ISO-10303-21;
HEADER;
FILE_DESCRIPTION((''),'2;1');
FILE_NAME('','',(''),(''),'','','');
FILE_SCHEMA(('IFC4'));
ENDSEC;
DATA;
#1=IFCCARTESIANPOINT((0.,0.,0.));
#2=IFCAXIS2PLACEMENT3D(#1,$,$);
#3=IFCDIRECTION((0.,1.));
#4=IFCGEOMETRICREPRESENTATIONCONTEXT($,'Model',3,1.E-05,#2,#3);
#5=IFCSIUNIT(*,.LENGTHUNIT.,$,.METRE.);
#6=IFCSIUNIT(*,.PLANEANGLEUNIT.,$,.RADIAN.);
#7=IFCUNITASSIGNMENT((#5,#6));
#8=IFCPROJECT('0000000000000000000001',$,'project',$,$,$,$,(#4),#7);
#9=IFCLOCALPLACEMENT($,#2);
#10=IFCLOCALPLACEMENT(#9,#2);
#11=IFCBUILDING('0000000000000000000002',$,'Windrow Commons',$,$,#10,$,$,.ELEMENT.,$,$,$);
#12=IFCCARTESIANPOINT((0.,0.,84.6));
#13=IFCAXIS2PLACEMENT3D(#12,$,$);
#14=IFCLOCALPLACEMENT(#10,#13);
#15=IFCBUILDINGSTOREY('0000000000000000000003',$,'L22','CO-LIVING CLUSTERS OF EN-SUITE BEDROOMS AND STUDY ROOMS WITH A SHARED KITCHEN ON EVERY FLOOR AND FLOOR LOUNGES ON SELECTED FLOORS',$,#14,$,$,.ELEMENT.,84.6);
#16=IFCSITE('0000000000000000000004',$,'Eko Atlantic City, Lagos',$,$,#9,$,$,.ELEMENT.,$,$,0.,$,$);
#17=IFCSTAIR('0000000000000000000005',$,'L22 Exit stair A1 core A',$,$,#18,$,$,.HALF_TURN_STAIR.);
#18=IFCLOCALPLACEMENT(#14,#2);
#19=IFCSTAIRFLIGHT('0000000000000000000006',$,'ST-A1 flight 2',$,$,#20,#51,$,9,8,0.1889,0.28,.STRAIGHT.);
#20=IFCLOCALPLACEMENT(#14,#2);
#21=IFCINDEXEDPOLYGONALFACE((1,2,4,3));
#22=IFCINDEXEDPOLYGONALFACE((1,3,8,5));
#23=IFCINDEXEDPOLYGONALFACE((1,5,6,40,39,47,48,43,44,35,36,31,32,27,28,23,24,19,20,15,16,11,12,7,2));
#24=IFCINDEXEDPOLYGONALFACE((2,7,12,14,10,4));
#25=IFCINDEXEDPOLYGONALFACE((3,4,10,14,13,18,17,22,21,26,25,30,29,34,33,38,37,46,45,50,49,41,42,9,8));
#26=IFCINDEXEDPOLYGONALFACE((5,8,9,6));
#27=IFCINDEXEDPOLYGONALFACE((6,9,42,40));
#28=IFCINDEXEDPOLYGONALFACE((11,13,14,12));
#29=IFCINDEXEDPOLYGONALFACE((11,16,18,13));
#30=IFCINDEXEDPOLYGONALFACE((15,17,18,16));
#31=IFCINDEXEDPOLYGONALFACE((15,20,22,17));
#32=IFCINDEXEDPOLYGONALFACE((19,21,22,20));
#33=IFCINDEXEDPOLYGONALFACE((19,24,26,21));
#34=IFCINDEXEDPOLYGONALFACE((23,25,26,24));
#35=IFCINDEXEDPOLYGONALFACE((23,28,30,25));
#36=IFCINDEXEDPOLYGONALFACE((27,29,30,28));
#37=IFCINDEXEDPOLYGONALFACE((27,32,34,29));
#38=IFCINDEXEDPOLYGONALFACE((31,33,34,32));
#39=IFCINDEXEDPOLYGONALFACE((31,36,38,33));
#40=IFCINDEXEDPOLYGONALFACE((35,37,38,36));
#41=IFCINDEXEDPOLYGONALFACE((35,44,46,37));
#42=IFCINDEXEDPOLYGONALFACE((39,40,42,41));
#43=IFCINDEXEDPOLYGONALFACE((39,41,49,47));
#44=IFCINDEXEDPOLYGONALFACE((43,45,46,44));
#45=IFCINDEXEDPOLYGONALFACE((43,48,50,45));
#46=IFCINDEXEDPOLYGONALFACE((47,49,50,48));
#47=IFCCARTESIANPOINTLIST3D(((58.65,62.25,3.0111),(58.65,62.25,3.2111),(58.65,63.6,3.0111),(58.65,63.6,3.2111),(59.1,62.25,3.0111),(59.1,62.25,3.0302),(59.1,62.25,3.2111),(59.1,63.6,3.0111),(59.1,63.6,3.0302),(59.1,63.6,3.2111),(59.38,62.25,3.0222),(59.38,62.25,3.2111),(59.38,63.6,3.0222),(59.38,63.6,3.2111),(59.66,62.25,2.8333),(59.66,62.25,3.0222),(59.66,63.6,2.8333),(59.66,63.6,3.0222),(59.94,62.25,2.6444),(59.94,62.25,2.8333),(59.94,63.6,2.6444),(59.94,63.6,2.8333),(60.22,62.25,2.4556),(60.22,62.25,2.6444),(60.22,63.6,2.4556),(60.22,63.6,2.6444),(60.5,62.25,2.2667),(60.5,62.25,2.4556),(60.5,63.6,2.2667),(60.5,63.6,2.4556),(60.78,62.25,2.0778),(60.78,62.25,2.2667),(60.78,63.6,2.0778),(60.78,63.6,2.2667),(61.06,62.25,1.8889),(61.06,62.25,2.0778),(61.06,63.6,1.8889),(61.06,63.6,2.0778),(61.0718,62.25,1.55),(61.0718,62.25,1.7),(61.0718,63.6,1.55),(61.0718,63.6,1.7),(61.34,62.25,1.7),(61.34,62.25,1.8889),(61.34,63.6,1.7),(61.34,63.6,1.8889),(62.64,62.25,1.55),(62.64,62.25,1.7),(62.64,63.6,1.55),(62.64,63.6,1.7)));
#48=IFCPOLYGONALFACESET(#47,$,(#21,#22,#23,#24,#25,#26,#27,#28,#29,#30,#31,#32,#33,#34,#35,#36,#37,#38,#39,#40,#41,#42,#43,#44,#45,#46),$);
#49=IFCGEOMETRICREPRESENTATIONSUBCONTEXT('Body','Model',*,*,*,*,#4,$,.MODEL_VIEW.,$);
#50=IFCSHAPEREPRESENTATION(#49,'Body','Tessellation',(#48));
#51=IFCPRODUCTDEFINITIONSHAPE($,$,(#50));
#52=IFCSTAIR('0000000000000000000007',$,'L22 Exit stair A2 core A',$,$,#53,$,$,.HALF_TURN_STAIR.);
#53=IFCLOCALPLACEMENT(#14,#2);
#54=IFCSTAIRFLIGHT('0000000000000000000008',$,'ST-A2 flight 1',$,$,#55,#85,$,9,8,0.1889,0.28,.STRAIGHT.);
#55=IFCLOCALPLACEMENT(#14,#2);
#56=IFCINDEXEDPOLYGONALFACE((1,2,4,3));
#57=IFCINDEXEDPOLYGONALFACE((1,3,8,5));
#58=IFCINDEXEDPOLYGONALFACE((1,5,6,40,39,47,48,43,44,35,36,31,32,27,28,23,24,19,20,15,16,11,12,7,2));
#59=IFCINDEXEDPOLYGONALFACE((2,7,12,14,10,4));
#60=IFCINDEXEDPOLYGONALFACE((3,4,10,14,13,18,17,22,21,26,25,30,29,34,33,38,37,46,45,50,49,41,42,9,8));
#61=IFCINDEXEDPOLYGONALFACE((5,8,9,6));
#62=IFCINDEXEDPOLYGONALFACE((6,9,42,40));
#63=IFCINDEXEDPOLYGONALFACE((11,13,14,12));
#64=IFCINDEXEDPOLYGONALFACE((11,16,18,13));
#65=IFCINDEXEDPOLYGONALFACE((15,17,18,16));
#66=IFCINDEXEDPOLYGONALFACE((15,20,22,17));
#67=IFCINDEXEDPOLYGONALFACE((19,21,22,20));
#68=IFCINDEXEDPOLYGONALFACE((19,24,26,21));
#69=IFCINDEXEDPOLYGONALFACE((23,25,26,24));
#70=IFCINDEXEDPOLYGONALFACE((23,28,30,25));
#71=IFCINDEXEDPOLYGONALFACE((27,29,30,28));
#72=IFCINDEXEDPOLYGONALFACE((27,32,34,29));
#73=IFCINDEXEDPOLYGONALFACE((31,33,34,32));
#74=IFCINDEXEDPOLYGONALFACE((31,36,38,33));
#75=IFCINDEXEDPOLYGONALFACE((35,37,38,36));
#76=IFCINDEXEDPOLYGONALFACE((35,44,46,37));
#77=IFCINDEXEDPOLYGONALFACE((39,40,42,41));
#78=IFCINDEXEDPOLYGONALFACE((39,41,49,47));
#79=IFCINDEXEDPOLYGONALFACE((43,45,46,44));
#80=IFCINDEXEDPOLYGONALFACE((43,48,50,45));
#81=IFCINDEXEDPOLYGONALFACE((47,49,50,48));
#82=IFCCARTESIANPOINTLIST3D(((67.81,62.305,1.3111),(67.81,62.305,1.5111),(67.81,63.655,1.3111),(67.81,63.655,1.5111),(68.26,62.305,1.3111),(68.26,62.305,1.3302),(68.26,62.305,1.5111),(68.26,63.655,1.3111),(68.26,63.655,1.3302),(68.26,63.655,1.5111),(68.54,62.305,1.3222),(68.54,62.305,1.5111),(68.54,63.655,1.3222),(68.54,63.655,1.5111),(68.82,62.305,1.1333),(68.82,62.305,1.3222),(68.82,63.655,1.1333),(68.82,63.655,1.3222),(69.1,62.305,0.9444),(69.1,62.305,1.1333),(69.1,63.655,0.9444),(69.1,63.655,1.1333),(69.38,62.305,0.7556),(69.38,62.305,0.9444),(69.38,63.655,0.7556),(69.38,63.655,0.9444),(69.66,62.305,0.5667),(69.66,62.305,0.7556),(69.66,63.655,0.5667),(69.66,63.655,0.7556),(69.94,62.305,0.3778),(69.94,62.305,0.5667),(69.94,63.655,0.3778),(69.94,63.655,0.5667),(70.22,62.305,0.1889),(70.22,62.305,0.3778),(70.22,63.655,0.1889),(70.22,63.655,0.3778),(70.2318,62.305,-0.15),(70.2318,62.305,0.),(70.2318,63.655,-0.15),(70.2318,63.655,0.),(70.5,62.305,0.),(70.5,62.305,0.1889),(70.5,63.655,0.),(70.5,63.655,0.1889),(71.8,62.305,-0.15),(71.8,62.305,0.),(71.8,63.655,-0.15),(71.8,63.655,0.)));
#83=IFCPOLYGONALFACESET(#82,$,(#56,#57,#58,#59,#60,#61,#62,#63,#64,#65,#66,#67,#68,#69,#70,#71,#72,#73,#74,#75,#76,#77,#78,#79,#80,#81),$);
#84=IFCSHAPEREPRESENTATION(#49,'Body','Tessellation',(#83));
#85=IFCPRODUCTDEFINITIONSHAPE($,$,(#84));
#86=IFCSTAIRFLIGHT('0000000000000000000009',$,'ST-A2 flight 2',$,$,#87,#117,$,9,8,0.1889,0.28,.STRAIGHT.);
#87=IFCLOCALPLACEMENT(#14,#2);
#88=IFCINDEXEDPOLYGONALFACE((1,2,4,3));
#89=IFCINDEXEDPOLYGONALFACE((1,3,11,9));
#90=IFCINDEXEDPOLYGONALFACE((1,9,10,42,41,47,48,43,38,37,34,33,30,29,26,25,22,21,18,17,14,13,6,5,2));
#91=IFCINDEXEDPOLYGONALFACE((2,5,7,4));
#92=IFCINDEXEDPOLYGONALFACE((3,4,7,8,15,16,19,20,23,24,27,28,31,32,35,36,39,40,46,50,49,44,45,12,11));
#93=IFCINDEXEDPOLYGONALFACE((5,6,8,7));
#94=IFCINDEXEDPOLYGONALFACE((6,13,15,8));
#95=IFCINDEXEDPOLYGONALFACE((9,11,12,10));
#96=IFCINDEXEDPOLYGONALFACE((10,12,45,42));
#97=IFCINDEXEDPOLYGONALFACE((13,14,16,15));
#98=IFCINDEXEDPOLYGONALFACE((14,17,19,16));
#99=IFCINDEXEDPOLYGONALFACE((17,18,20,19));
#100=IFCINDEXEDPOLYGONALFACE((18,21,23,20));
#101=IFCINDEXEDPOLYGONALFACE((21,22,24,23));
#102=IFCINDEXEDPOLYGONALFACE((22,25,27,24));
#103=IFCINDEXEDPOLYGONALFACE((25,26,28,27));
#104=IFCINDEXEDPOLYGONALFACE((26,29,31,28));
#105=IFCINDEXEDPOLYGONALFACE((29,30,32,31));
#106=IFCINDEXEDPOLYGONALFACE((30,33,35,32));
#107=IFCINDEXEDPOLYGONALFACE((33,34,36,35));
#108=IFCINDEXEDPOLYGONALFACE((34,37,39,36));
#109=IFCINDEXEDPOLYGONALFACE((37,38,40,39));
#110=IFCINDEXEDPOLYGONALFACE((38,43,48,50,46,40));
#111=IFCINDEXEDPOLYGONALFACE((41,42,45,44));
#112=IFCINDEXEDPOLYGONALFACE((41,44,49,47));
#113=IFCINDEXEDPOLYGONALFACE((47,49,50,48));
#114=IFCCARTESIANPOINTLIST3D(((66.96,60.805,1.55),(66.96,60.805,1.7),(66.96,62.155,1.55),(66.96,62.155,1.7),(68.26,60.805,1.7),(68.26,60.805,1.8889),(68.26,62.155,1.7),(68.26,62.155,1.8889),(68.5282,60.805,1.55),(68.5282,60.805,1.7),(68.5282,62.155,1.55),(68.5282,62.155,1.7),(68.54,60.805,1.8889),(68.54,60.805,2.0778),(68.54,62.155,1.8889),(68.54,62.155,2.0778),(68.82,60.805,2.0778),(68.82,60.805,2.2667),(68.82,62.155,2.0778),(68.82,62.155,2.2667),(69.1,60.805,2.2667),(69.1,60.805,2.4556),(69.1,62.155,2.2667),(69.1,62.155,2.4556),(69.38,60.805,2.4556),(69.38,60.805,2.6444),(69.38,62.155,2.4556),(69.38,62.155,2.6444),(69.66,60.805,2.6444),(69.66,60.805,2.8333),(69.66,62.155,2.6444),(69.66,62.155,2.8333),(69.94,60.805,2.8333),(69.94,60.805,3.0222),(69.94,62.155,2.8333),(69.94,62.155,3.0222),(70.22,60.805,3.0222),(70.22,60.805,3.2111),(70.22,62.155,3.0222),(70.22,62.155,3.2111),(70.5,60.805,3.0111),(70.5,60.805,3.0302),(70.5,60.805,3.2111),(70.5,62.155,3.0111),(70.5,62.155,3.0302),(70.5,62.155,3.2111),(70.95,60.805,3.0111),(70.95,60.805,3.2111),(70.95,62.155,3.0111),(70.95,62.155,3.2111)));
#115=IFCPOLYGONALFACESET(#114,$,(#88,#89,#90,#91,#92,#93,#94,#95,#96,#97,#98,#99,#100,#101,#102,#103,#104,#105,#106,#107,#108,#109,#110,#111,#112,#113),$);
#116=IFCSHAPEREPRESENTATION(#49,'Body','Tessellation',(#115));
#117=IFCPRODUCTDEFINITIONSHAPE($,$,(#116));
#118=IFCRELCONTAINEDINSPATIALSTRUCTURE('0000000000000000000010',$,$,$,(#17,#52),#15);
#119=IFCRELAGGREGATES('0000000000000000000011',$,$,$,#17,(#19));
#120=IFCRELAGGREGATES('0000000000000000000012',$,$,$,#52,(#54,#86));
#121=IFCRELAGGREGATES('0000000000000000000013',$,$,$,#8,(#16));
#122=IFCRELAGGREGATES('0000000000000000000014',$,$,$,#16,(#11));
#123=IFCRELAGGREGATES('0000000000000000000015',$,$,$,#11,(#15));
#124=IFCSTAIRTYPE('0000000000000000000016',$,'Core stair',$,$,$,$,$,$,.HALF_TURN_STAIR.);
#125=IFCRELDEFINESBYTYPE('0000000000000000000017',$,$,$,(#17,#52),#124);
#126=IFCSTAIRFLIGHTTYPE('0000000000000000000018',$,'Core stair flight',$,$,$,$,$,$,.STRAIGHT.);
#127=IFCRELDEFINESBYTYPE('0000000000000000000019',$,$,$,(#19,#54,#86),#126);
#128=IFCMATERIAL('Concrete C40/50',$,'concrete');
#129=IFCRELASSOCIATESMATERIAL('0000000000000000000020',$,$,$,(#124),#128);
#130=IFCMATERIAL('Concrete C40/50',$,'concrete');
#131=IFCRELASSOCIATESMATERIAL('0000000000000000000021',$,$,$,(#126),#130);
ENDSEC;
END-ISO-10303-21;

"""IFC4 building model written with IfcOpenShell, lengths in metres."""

from ifc_helpers import new_model, si_unit, direction, frame, origin, place, context, subcontext, project, spatial, polyline, outline, extrude, material, type_object, element, aggregate, save


model = new_model("IFC4")

# Units and contexts
model_context = context("Model", 3, precision=1e-05, world=origin(), true_north=direction((0.0, 1.0)))
body_context = subcontext(model_context, "Body", "Model", "MODEL_VIEW")
ifc_project = project(units=[si_unit("LENGTHUNIT", "METRE"), si_unit("PLANEANGLEUNIT", "RADIAN")], contexts=[model_context])

# Site, building, storey
site_placement = place(None, origin())
site = spatial("IfcSite", under=ifc_project, at=site_placement, Name="Eko Atlantic City, Lagos", CompositionType="ELEMENT", RefElevation=0.0)
building_placement = place(site_placement, origin())
building = spatial("IfcBuilding", under=site, at=building_placement, Name="Windrow Commons", CompositionType="ELEMENT")
storey_placement = place(building_placement, frame((0.0, 0.0, 84.6)))
storey = spatial("IfcBuildingStorey", under=building, at=storey_placement, Name="L22", Description="CO-LIVING CLUSTERS OF EN-SUITE BEDROOMS AND STUDY ROOMS WITH A SHARED KITCHEN ON EVERY FLOOR AND FLOOR LOUNGES ON SELECTED FLOORS", CompositionType="ELEMENT", Elevation=84.6)

# Stair, stair flight
ifc_material_1 = material(Name="Concrete C40/50", Category="concrete")
stair_type = type_object("IfcStairType", Name="Core stair", PredefinedType="HALF_TURN_STAIR", material=ifc_material_1)
placement = place(storey_placement, origin())
stair_1 = element("IfcStair", 1, at=placement, inside=storey, type_object=stair_type, Name="L22 Exit stair A1 core A", PredefinedType="HALF_TURN_STAIR")
ifc_material_2 = material(Name="Concrete C40/50", Category="concrete")
stair_flight_type = type_object("IfcStairFlightType", Name="Core stair flight", PredefinedType="STRAIGHT", material=ifc_material_2)
stair_flight_1_placement = place(storey_placement, frame((61.34, 62.925, 1.7), z_axis=(0.0, 0.0, 1.0), x_axis=(-1.0, 0.0, 0.0)))
stair_flight_1 = element("IfcStairFlight", 2, at=stair_flight_1_placement, type_object=stair_flight_type, Name="ST-A1 flight 2", NumberOfRisers=9, NumberOfTreads=8, PredefinedType="STRAIGHT", RiserHeight=0.1889, TreadLength=0.28, context=body_context, shape_type="SweptSolid", body=[
    extrude(outline(polyline([(-1.3, -0.15), (-1.3, 0.0), (0.0, 0.0), (0.0, 0.1889), (0.28, 0.1889), (0.28, 0.3778), (0.56, 0.3778), (0.56, 0.5667), (0.84, 0.5667), (0.84, 0.7556), (1.12, 0.7556), (1.12, 0.9444), (1.4, 0.9444), (1.4, 1.1333), (1.68, 1.1333), (1.68, 1.3222), (1.96, 1.3222), (1.96, 1.5111), (2.24, 1.5111), (2.69, 1.5111), (2.69, 1.3111), (2.24, 1.3111), (2.24, 1.3302), (0.2682, 0.0), (0.2682, -0.15), (-1.3, -0.15)])), frame((0.0, 0.675, 0.0), z_axis=(0.0, -1.0, 0.0), x_axis=(1.0, 0.0, 0.0)), (0.0, 0.0, 1.0), 1.35),
])
aggregate(stair_1, [stair_flight_1])

# Stair, stair flights
stair_2 = element("IfcStair", 3, at=placement, inside=storey, type_object=stair_type, Name="L22 Exit stair A2 core A", PredefinedType="HALF_TURN_STAIR")
stair_flight_2_placement = place(storey_placement, frame((70.5, 62.98, 0.0), z_axis=(0.0, 0.0, 1.0), x_axis=(-1.0, 0.0, 0.0)))
stair_flight_2 = element("IfcStairFlight", 4, at=stair_flight_2_placement, type_object=stair_flight_type, Name="ST-A2 flight 1", NumberOfRisers=9, NumberOfTreads=8, PredefinedType="STRAIGHT", RiserHeight=0.1889, TreadLength=0.28, context=body_context, shape_type="SweptSolid", body=[
    extrude(outline(polyline([(-1.3, -0.15), (-1.3, 0.0), (0.0, 0.0), (0.0, 0.1889), (0.28, 0.1889), (0.28, 0.3778), (0.56, 0.3778), (0.56, 0.5667), (0.84, 0.5667), (0.84, 0.7556), (1.12, 0.7556), (1.12, 0.9444), (1.4, 0.9444), (1.4, 1.1333), (1.68, 1.1333), (1.68, 1.3222), (1.96, 1.3222), (1.96, 1.5111), (2.24, 1.5111), (2.69, 1.5111), (2.69, 1.3111), (2.24, 1.3111), (2.24, 1.3302), (0.2682, 0.0), (0.2682, -0.15), (-1.3, -0.15)])), frame((0.0, 0.675, 0.0), z_axis=(0.0, -1.0, 0.0), x_axis=(1.0, 0.0, 0.0)), (0.0, 0.0, 1.0), 1.35),
])
stair_flight_3_placement = place(storey_placement, frame((68.26, 61.48, 1.7), z_axis=(0.0, 0.0, 1.0), x_axis=(1.0, 0.0, 0.0)))
stair_flight_3 = element("IfcStairFlight", 5, at=stair_flight_3_placement, type_object=stair_flight_type, Name="ST-A2 flight 2", NumberOfRisers=9, NumberOfTreads=8, PredefinedType="STRAIGHT", RiserHeight=0.1889, TreadLength=0.28, context=body_context, shape_type="SweptSolid", body=[
    extrude(outline(polyline([(-1.3, -0.15), (-1.3, 0.0), (0.0, 0.0), (0.0, 0.1889), (0.28, 0.1889), (0.28, 0.3778), (0.56, 0.3778), (0.56, 0.5667), (0.84, 0.5667), (0.84, 0.7556), (1.12, 0.7556), (1.12, 0.9444), (1.4, 0.9444), (1.4, 1.1333), (1.68, 1.1333), (1.68, 1.3222), (1.96, 1.3222), (1.96, 1.5111), (2.24, 1.5111), (2.69, 1.5111), (2.69, 1.3111), (2.24, 1.3111), (2.24, 1.3302), (0.2682, 0.0), (0.2682, -0.15), (-1.3, -0.15)])), frame((0.0, 0.675, 0.0), z_axis=(0.0, -1.0, 0.0), x_axis=(1.0, 0.0, 0.0)), (0.0, 0.0, 1.0), 1.35),
])
aggregate(stair_2, [stair_flight_2, stair_flight_3])

save(model, "model.ifc")
